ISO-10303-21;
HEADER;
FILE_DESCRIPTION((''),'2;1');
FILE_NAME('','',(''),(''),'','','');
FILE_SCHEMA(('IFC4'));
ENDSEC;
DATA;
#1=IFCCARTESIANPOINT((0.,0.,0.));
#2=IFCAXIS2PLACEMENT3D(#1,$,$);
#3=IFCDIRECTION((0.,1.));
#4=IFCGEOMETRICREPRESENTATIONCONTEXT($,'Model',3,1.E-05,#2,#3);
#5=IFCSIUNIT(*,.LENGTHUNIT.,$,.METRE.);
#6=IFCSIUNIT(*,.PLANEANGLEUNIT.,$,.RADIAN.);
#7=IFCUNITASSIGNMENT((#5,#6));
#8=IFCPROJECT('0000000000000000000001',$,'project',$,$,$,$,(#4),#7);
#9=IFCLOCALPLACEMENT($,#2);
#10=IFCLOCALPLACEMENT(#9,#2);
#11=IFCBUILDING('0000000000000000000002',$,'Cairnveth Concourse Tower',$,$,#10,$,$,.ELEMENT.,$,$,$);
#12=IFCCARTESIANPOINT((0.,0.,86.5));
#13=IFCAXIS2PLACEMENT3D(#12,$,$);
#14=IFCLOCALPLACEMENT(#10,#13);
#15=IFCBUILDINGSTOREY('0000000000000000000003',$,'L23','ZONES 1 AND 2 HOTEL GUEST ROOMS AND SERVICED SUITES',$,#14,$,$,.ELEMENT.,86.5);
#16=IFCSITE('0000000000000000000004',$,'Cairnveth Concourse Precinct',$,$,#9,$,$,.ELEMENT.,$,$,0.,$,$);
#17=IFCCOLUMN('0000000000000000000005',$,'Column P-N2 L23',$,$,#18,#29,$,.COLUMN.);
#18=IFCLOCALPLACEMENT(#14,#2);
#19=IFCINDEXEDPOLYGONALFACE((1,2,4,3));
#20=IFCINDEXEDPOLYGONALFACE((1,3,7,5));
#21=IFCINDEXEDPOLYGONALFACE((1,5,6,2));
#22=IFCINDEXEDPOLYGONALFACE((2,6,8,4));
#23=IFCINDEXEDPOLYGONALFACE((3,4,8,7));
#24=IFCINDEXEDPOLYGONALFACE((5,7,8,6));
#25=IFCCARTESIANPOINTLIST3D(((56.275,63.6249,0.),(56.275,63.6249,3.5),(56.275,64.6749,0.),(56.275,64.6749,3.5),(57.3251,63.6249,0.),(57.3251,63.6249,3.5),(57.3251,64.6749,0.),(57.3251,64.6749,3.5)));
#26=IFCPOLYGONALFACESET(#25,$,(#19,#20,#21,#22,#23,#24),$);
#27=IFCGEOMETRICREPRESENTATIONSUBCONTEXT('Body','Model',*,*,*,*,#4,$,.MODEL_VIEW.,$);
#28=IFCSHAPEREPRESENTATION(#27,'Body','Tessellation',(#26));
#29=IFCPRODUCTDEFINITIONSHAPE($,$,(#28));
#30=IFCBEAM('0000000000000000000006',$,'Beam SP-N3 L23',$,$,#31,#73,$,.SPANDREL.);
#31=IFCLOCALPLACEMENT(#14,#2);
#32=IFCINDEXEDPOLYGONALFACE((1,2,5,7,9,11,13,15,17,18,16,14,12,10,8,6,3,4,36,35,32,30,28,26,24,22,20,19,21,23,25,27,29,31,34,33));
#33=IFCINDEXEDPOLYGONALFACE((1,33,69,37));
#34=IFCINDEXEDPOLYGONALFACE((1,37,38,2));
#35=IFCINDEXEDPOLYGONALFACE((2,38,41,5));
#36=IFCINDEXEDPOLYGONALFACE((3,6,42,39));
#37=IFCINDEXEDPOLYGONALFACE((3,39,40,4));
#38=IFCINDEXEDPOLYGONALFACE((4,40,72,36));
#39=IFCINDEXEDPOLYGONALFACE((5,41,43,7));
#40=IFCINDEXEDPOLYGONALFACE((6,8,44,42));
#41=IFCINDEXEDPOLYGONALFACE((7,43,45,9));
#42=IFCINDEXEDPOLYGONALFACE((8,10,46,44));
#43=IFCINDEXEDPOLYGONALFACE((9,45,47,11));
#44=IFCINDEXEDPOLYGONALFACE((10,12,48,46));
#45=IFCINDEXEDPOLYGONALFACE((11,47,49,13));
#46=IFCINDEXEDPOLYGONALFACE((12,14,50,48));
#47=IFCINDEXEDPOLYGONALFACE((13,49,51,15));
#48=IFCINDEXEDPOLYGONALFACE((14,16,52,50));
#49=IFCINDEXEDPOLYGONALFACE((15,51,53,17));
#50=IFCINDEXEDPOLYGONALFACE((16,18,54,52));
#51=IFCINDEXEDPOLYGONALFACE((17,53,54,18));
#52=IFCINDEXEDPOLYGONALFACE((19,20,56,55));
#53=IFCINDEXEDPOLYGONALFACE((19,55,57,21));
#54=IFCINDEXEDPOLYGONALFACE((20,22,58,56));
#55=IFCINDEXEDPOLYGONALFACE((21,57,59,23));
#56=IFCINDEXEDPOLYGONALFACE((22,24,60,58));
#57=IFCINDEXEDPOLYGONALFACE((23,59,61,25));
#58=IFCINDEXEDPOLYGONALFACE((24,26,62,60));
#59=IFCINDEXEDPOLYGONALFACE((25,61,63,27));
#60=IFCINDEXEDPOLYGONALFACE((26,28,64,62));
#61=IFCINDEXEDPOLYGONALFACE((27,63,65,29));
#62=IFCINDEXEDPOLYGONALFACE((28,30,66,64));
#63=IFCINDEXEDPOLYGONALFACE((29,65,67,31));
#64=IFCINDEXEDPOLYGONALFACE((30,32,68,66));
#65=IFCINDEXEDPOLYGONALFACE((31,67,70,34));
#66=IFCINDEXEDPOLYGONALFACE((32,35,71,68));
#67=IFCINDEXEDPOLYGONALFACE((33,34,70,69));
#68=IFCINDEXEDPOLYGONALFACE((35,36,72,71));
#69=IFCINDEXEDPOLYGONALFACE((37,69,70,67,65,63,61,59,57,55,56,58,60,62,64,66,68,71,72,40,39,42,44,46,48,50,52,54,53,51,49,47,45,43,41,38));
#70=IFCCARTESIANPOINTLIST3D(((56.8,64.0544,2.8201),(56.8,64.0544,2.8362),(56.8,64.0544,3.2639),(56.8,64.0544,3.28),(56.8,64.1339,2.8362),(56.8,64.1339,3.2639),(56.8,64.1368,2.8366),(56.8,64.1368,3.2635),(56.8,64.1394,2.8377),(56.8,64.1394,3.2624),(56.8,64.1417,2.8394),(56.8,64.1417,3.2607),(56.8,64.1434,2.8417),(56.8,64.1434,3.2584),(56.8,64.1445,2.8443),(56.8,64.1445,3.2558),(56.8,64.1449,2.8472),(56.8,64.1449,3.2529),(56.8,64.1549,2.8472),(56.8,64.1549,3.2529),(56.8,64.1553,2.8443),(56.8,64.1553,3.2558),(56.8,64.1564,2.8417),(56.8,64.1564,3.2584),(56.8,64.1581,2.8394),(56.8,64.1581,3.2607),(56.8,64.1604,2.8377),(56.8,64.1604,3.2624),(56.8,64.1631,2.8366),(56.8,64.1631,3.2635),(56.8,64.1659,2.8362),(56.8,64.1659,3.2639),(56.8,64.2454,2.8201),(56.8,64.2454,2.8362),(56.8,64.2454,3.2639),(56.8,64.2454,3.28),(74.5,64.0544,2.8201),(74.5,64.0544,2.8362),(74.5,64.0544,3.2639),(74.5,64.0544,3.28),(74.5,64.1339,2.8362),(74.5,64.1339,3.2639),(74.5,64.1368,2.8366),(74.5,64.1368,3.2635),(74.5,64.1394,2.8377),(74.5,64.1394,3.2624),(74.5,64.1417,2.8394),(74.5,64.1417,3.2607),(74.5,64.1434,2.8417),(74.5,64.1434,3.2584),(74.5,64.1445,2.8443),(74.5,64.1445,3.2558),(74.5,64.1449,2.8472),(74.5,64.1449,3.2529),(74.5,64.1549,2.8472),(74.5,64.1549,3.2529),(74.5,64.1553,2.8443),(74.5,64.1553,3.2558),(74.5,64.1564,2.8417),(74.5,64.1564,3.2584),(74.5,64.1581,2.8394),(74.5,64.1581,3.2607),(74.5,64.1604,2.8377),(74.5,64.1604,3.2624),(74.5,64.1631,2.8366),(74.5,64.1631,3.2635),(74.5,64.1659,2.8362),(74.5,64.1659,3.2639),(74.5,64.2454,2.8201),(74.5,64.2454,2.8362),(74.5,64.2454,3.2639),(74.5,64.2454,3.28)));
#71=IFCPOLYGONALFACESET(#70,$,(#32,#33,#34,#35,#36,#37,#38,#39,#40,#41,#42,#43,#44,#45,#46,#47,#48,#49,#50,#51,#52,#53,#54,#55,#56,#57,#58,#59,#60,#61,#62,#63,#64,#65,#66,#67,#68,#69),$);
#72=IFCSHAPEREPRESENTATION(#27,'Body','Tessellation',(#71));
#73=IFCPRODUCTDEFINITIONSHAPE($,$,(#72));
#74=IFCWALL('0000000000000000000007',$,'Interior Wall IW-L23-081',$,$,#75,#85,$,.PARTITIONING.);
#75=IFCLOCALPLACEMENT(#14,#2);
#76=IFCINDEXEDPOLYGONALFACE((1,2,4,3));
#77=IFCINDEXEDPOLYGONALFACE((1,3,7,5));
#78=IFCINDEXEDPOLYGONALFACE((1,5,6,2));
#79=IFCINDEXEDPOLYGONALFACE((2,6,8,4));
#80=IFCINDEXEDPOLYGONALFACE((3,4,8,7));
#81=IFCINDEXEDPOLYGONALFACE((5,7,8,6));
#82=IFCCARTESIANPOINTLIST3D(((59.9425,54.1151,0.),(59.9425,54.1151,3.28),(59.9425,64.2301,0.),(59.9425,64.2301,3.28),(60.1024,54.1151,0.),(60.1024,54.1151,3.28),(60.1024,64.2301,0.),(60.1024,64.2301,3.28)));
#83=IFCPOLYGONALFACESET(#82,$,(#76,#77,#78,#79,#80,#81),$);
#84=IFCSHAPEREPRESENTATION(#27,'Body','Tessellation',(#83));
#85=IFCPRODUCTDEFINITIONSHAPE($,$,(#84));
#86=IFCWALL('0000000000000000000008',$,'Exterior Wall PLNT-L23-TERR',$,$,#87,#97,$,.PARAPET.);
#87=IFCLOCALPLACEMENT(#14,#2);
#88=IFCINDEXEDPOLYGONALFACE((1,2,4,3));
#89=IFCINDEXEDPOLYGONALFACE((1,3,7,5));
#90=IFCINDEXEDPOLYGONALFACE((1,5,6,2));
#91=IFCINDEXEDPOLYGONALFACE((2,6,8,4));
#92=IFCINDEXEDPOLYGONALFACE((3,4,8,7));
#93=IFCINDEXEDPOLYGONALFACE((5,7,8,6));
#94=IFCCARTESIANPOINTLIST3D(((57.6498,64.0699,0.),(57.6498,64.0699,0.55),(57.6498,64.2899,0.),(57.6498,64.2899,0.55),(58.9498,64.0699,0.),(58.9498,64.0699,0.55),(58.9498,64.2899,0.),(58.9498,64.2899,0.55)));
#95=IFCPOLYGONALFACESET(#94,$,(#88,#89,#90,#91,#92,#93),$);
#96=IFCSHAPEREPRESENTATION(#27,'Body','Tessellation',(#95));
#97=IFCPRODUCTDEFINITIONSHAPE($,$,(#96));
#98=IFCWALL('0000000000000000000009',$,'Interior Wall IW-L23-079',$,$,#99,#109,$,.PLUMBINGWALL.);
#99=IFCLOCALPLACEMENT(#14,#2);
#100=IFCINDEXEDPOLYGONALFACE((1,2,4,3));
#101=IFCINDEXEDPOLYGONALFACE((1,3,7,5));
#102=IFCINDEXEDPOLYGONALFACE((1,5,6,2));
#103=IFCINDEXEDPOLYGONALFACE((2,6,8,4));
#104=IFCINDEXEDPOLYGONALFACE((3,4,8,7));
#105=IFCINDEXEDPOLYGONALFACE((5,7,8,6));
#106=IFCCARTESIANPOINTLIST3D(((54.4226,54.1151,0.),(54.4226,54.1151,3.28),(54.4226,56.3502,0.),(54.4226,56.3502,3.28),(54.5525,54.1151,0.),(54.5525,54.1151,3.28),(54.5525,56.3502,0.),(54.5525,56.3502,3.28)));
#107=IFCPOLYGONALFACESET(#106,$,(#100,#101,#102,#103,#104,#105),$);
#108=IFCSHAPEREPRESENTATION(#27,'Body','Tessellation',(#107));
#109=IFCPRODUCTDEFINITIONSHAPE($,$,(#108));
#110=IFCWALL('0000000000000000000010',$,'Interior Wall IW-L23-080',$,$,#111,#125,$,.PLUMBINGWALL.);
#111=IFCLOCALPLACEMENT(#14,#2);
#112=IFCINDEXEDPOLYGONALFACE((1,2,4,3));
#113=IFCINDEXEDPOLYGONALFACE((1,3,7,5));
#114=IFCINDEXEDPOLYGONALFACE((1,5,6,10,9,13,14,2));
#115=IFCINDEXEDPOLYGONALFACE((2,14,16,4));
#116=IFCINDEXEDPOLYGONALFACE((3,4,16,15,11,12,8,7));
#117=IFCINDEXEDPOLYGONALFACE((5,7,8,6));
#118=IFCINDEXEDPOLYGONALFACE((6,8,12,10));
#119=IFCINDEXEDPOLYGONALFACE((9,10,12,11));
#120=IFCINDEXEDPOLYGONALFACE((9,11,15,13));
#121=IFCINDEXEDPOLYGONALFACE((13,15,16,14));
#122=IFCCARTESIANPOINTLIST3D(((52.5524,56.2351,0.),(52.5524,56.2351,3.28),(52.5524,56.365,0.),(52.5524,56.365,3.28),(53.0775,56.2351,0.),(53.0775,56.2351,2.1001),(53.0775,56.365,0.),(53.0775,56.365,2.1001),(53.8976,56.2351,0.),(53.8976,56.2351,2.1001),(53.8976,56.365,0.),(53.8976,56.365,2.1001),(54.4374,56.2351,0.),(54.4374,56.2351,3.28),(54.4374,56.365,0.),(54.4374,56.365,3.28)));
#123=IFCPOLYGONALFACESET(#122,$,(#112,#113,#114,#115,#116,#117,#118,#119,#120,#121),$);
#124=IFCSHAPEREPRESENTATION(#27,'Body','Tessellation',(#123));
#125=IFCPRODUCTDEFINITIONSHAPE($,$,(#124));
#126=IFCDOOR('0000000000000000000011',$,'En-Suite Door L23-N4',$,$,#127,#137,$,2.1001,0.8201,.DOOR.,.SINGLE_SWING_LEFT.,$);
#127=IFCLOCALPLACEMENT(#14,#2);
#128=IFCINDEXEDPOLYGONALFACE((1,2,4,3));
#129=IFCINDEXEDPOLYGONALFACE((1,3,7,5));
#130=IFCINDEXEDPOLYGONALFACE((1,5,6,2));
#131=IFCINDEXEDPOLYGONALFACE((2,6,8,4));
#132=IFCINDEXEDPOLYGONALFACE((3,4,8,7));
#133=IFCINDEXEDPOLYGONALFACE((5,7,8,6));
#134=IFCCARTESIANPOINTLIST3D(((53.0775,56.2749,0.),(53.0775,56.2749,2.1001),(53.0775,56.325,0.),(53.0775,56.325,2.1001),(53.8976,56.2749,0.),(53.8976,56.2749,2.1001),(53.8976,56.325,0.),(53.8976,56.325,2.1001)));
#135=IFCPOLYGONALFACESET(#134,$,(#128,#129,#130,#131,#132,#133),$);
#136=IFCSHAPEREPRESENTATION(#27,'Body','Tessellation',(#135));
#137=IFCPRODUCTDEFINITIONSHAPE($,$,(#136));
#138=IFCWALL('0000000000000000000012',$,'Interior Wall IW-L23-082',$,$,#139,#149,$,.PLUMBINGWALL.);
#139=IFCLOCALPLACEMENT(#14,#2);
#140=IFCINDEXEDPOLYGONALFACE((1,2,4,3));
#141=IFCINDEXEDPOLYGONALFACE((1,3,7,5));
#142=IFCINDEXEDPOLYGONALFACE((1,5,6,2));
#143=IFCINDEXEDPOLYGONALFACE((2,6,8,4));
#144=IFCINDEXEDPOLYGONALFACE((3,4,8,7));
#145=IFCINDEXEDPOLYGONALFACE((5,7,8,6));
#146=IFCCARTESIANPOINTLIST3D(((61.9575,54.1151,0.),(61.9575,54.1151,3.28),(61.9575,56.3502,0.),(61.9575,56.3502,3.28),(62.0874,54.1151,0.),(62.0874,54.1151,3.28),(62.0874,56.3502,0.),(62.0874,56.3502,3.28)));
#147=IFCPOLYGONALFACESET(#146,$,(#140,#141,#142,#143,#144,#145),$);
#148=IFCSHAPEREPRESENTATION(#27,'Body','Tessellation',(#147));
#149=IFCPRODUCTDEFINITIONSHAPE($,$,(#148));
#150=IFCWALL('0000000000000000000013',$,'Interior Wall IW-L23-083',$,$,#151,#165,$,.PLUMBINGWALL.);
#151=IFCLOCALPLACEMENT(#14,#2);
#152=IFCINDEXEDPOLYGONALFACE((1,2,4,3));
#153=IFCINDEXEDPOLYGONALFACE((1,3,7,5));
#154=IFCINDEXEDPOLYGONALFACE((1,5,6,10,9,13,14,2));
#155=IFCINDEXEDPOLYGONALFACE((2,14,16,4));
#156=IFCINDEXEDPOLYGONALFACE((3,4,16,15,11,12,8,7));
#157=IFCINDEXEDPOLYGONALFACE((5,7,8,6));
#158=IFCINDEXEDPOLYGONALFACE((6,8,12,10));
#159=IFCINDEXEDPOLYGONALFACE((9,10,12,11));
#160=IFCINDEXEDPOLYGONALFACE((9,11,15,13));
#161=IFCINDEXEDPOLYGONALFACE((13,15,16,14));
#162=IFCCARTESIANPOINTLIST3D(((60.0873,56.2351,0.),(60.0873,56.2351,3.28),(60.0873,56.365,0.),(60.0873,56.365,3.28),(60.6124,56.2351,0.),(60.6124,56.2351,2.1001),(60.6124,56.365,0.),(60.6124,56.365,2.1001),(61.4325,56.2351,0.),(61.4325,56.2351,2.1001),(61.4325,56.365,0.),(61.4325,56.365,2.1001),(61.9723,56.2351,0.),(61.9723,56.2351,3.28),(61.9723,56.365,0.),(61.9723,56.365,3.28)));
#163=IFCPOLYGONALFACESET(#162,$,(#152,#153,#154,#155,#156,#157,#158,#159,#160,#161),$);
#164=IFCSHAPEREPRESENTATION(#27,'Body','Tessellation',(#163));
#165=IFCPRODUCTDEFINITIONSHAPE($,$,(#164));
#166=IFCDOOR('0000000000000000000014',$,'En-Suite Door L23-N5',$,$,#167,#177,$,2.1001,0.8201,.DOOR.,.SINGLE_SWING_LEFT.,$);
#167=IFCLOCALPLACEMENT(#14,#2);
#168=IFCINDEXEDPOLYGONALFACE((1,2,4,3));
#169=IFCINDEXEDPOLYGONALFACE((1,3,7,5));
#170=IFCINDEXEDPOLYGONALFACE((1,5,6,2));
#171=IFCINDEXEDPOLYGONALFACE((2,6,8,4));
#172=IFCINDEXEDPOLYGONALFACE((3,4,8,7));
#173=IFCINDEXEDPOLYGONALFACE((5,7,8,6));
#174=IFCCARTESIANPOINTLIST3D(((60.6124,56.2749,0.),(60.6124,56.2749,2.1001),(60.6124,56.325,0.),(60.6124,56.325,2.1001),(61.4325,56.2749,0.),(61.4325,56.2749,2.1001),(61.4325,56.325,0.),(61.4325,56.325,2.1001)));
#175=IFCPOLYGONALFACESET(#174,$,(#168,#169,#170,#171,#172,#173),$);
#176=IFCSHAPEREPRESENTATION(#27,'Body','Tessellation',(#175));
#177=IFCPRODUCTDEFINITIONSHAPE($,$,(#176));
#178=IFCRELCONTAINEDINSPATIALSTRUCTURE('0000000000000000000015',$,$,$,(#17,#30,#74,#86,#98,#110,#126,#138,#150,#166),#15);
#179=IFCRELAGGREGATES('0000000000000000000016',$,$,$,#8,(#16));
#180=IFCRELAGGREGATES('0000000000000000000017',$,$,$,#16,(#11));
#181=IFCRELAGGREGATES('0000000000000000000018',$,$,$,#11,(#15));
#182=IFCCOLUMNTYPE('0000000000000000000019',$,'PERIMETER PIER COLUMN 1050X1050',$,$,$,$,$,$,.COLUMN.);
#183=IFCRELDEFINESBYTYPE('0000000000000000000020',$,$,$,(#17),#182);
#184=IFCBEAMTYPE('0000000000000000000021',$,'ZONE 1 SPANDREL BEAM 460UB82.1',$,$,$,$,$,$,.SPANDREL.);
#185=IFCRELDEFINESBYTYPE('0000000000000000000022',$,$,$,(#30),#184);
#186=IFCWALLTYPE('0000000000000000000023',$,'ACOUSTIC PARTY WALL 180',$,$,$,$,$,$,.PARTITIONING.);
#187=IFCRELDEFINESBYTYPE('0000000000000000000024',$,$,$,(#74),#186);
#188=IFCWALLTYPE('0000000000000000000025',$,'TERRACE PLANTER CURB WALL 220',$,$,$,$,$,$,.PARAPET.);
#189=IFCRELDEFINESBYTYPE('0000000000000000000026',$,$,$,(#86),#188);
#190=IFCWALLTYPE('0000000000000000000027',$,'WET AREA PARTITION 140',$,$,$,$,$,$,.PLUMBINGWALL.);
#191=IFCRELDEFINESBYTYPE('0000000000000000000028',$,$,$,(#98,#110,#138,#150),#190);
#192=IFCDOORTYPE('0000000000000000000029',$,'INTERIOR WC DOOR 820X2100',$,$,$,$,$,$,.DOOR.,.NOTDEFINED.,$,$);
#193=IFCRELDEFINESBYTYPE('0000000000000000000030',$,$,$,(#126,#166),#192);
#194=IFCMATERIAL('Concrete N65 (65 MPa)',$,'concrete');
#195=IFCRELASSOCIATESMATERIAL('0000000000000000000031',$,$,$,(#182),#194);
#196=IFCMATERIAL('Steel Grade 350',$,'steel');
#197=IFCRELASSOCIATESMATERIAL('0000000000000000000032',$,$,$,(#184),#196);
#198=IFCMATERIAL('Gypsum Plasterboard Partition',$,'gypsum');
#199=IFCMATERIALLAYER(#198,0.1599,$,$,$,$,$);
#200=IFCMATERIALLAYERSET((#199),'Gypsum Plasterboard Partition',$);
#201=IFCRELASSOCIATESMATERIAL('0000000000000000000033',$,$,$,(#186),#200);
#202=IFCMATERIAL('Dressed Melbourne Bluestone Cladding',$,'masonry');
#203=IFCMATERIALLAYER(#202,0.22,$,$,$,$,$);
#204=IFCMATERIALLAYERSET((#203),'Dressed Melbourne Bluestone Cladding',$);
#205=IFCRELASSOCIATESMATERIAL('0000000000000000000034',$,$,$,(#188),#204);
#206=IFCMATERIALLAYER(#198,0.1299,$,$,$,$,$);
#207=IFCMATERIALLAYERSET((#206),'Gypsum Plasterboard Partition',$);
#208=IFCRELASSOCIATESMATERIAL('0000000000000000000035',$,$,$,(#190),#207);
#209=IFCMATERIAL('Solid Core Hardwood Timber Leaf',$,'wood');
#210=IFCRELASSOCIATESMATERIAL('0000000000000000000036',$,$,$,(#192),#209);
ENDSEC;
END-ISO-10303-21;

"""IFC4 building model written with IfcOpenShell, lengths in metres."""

from ifc_helpers import new_model, si_unit, direction, frame, frame_2d, origin, origin_2d, place, context, subcontext, project, spatial, rectangle, i_section, extrude, material, layer, layer_set, material_profile, profile_set, type_object, element, fill, save


model = new_model("IFC4")

# Units and contexts
model_context = context("Model", 3, precision=1e-05, world=origin(), true_north=direction((0.0, 1.0)))
body_context = subcontext(model_context, "Body", "Model", "MODEL_VIEW")
ifc_project = project(units=[si_unit("LENGTHUNIT", "METRE"), si_unit("PLANEANGLEUNIT", "RADIAN")], contexts=[model_context])

# Site, building, storey
site_placement = place(None, origin())
site = spatial("IfcSite", under=ifc_project, at=site_placement, Name="Cairnveth Concourse Precinct", CompositionType="ELEMENT", RefElevation=0.0)
building_placement = place(site_placement, origin())
building = spatial("IfcBuilding", under=site, at=building_placement, Name="Cairnveth Concourse Tower", CompositionType="ELEMENT")
storey_placement = place(building_placement, frame((0.0, 0.0, 86.5)))
storey = spatial("IfcBuildingStorey", under=building, at=storey_placement, Name="L23", Description="ZONES 1 AND 2 HOTEL GUEST ROOMS AND SERVICED SUITES", CompositionType="ELEMENT", Elevation=86.5)

# Column
ifc_material_1 = material(Name="Concrete N65 (65 MPa)", Category="concrete")
ifc_material_profile_1 = material_profile(ifc_material_1, rectangle(XDim=1.05, YDim=1.05, at=origin_2d()), Name="RC-COL-1050x1050")
ifc_profile_set_1 = profile_set([ifc_material_profile_1], Name="Concrete N65 (65 MPa)")
column_type = type_object("IfcColumnType", Name="PERIMETER PIER COLUMN 1050X1050", PredefinedType="COLUMN", material=ifc_profile_set_1)
column_placement = place(storey_placement, frame((56.8, 64.1499, 0.0), z_axis=(0.0, 0.0, 1.0), x_axis=(1.0, 0.0, 0.0)))
element("IfcColumn", 1, at=column_placement, inside=storey, type_object=column_type, Name="Column P-N2 L23", PredefinedType="COLUMN", context=body_context, shape_type="SweptSolid", body=[
    extrude(rectangle(XDim=1.05, YDim=1.05, at=origin_2d()), origin(), (0.0, 0.0, 1.0), 3.5),
])

# Beam
ifc_material_2 = material(Name="Steel Grade 350", Category="steel")
ifc_material_profile_2 = material_profile(ifc_material_2, i_section(OverallWidth=0.1909, OverallDepth=0.46, WebThickness=0.01, FlangeThickness=0.0161, FilletRadius=0.011, at=origin_2d()), Name="460UB82.1")
ifc_profile_set_2 = profile_set([ifc_material_profile_2], Name="Steel Grade 350")
beam_type = type_object("IfcBeamType", Name="ZONE 1 SPANDREL BEAM 460UB82.1", PredefinedType="SPANDREL", material=ifc_profile_set_2)
beam_placement = place(storey_placement, frame((56.8, 64.1499, 3.05), z_axis=(1.0, 0.0, 0.0), x_axis=(0.0, 1.0, 0.0)))
element("IfcBeam", 2, at=beam_placement, inside=storey, type_object=beam_type, Name="Beam SP-N3 L23", PredefinedType="SPANDREL", context=body_context, shape_type="SweptSolid", body=[
    extrude(i_section(OverallWidth=0.1909, OverallDepth=0.46, WebThickness=0.01, FlangeThickness=0.0161, FilletRadius=0.011, at=origin_2d()), origin(), (0.0, 0.0, 1.0), 17.7),
])

# Walls
ifc_material_3 = material(Name="Gypsum Plasterboard Partition", Category="gypsum")
ifc_layer_1 = layer(ifc_material_3, 0.1599)
ifc_layer_set_1 = layer_set([ifc_layer_1], Name="Gypsum Plasterboard Partition")
wall_type_1 = type_object("IfcWallType", Name="ACOUSTIC PARTY WALL 180", PredefinedType="PARTITIONING", material=ifc_layer_set_1)
wall_1_placement = place(storey_placement, frame((60.0225, 54.115, 0.0), z_axis=(0.0, 0.0, 1.0), x_axis=(0.0, 1.0, 0.0)))
element("IfcWall", 3, at=wall_1_placement, inside=storey, type_object=wall_type_1, Name="Interior Wall IW-L23-081", PredefinedType="PARTITIONING", context=body_context, shape_type="SweptSolid", body=[
    extrude(rectangle(XDim=10.115, YDim=0.1599, at=frame_2d((5.0576, 0.0))), origin(), (0.0, 0.0, 1.0), 3.28),
])
ifc_material_4 = material(Name="Dressed Melbourne Bluestone Cladding", Category="masonry")
ifc_layer_2 = layer(ifc_material_4, 0.22)
ifc_layer_set_2 = layer_set([ifc_layer_2], Name="Dressed Melbourne Bluestone Cladding")
wall_type_2 = type_object("IfcWallType", Name="TERRACE PLANTER CURB WALL 220", PredefinedType="PARAPET", material=ifc_layer_set_2)
wall_2_placement = place(storey_placement, frame((57.6499, 64.1799, 0.0), z_axis=(0.0, 0.0, 1.0), x_axis=(1.0, 0.0, 0.0)))
element("IfcWall", 4, at=wall_2_placement, inside=storey, type_object=wall_type_2, Name="Exterior Wall PLNT-L23-TERR", PredefinedType="PARAPET", context=body_context, shape_type="SweptSolid", body=[
    extrude(rectangle(XDim=1.3, YDim=0.22, at=frame_2d((0.6499, 0.0))), origin(), (0.0, 0.0, 1.0), 0.55),
])
ifc_layer_3 = layer(ifc_material_3, 0.1299)
ifc_layer_set_3 = layer_set([ifc_layer_3], Name="Gypsum Plasterboard Partition")
wall_type_3 = type_object("IfcWallType", Name="WET AREA PARTITION 140", PredefinedType="PLUMBINGWALL", material=ifc_layer_set_3)
wall_3_placement = place(storey_placement, frame((54.4875, 54.115, 0.0), z_axis=(0.0, 0.0, 1.0), x_axis=(0.0, 1.0, 0.0)))
element("IfcWall", 5, at=wall_3_placement, inside=storey, type_object=wall_type_3, Name="Interior Wall IW-L23-079", PredefinedType="PLUMBINGWALL", context=body_context, shape_type="SweptSolid", body=[
    extrude(rectangle(XDim=2.2351, YDim=0.1299, at=frame_2d((1.1177, 0.0))), origin(), (0.0, 0.0, 1.0), 3.28),
])

# Wall, opening, door
wall_4_placement = place(storey_placement, frame((52.5525, 56.3, 0.0), z_axis=(0.0, 0.0, 1.0), x_axis=(1.0, 0.0, 0.0)))
wall_4 = element("IfcWall", 6, at=wall_4_placement, inside=storey, type_object=wall_type_3, Name="Interior Wall IW-L23-080", PredefinedType="PLUMBINGWALL", context=body_context, shape_type="SweptSolid", body=[
    extrude(rectangle(XDim=1.885, YDim=0.1299, at=frame_2d((0.9424, 0.0))), origin(), (0.0, 0.0, 1.0), 3.28),
])
opening_1_placement = place(wall_4_placement, frame((0.5249, 0.0, 0.0)))
opening_1 = element("IfcOpeningElement", 7, at=opening_1_placement, cuts=wall_4, PredefinedType="OPENING", context=body_context, shape_type="SweptSolid", body=[
    extrude(rectangle(XDim=0.8201, YDim=2.1001, at=frame_2d((0.4102, 1.05))), frame((0.0, 0.075, 0.0), z_axis=(0.0, -1.0, 0.0), x_axis=(1.0, 0.0, 0.0)), (0.0, 0.0, 1.0), 0.1499),
])
ifc_material_5 = material(Name="Solid Core Hardwood Timber Leaf", Category="wood")
door_type_1 = type_object("IfcDoorType", Name="INTERIOR WC DOOR 820X2100", OperationType="NOTDEFINED", PredefinedType="DOOR", material=ifc_material_5)
door_1_placement = place(opening_1_placement, origin())
door_1 = element("IfcDoor", 8, at=door_1_placement, inside=storey, type_object=door_type_1, Name="En-Suite Door L23-N4", OperationType="SINGLE_SWING_LEFT", OverallHeight=2.1001, OverallWidth=0.8201, PredefinedType="DOOR", context=body_context, shape_type="SweptSolid", body=[
    extrude(rectangle(XDim=0.8201, YDim=2.1001, at=frame_2d((0.4102, 1.05))), frame((0.0, 0.0249, 0.0), z_axis=(0.0, -1.0, 0.0), x_axis=(1.0, 0.0, 0.0)), (0.0, 0.0, 1.0), 0.05),
])
fill(opening_1, door_1)

# Wall
wall_5_placement = place(storey_placement, frame((62.0225, 54.115, 0.0), z_axis=(0.0, 0.0, 1.0), x_axis=(0.0, 1.0, 0.0)))
element("IfcWall", 9, at=wall_5_placement, inside=storey, type_object=wall_type_3, Name="Interior Wall IW-L23-082", PredefinedType="PLUMBINGWALL", context=body_context, shape_type="SweptSolid", body=[
    extrude(rectangle(XDim=2.2351, YDim=0.1299, at=frame_2d((1.1177, 0.0))), origin(), (0.0, 0.0, 1.0), 3.28),
])

# Wall, opening, door
wall_6_placement = place(storey_placement, frame((60.0874, 56.3, 0.0), z_axis=(0.0, 0.0, 1.0), x_axis=(1.0, 0.0, 0.0)))
wall_6 = element("IfcWall", 10, at=wall_6_placement, inside=storey, type_object=wall_type_3, Name="Interior Wall IW-L23-083", PredefinedType="PLUMBINGWALL", context=body_context, shape_type="SweptSolid", body=[
    extrude(rectangle(XDim=1.885, YDim=0.1299, at=frame_2d((0.9424, 0.0))), origin(), (0.0, 0.0, 1.0), 3.28),
])
opening_2_placement = place(wall_6_placement, frame((0.5249, 0.0, 0.0)))
opening_2 = element("IfcOpeningElement", 11, at=opening_2_placement, cuts=wall_6, PredefinedType="OPENING", context=body_context, shape_type="SweptSolid", body=[
    extrude(rectangle(XDim=0.8201, YDim=2.1001, at=frame_2d((0.4102, 1.05))), frame((0.0, 0.075, 0.0), z_axis=(0.0, -1.0, 0.0), x_axis=(1.0, 0.0, 0.0)), (0.0, 0.0, 1.0), 0.1499),
])
door_2_placement = place(opening_2_placement, origin())
door_2 = element("IfcDoor", 12, at=door_2_placement, inside=storey, type_object=door_type_1, Name="En-Suite Door L23-N5", OperationType="SINGLE_SWING_LEFT", OverallHeight=2.1001, OverallWidth=0.8201, PredefinedType="DOOR", context=body_context, shape_type="SweptSolid", body=[
    extrude(rectangle(XDim=0.8201, YDim=2.1001, at=frame_2d((0.4102, 1.05))), frame((0.0, 0.0249, 0.0), z_axis=(0.0, -1.0, 0.0), x_axis=(1.0, 0.0, 0.0)), (0.0, 0.0, 1.0), 0.05),
])
fill(opening_2, door_2)

save(model, "model.ifc")
